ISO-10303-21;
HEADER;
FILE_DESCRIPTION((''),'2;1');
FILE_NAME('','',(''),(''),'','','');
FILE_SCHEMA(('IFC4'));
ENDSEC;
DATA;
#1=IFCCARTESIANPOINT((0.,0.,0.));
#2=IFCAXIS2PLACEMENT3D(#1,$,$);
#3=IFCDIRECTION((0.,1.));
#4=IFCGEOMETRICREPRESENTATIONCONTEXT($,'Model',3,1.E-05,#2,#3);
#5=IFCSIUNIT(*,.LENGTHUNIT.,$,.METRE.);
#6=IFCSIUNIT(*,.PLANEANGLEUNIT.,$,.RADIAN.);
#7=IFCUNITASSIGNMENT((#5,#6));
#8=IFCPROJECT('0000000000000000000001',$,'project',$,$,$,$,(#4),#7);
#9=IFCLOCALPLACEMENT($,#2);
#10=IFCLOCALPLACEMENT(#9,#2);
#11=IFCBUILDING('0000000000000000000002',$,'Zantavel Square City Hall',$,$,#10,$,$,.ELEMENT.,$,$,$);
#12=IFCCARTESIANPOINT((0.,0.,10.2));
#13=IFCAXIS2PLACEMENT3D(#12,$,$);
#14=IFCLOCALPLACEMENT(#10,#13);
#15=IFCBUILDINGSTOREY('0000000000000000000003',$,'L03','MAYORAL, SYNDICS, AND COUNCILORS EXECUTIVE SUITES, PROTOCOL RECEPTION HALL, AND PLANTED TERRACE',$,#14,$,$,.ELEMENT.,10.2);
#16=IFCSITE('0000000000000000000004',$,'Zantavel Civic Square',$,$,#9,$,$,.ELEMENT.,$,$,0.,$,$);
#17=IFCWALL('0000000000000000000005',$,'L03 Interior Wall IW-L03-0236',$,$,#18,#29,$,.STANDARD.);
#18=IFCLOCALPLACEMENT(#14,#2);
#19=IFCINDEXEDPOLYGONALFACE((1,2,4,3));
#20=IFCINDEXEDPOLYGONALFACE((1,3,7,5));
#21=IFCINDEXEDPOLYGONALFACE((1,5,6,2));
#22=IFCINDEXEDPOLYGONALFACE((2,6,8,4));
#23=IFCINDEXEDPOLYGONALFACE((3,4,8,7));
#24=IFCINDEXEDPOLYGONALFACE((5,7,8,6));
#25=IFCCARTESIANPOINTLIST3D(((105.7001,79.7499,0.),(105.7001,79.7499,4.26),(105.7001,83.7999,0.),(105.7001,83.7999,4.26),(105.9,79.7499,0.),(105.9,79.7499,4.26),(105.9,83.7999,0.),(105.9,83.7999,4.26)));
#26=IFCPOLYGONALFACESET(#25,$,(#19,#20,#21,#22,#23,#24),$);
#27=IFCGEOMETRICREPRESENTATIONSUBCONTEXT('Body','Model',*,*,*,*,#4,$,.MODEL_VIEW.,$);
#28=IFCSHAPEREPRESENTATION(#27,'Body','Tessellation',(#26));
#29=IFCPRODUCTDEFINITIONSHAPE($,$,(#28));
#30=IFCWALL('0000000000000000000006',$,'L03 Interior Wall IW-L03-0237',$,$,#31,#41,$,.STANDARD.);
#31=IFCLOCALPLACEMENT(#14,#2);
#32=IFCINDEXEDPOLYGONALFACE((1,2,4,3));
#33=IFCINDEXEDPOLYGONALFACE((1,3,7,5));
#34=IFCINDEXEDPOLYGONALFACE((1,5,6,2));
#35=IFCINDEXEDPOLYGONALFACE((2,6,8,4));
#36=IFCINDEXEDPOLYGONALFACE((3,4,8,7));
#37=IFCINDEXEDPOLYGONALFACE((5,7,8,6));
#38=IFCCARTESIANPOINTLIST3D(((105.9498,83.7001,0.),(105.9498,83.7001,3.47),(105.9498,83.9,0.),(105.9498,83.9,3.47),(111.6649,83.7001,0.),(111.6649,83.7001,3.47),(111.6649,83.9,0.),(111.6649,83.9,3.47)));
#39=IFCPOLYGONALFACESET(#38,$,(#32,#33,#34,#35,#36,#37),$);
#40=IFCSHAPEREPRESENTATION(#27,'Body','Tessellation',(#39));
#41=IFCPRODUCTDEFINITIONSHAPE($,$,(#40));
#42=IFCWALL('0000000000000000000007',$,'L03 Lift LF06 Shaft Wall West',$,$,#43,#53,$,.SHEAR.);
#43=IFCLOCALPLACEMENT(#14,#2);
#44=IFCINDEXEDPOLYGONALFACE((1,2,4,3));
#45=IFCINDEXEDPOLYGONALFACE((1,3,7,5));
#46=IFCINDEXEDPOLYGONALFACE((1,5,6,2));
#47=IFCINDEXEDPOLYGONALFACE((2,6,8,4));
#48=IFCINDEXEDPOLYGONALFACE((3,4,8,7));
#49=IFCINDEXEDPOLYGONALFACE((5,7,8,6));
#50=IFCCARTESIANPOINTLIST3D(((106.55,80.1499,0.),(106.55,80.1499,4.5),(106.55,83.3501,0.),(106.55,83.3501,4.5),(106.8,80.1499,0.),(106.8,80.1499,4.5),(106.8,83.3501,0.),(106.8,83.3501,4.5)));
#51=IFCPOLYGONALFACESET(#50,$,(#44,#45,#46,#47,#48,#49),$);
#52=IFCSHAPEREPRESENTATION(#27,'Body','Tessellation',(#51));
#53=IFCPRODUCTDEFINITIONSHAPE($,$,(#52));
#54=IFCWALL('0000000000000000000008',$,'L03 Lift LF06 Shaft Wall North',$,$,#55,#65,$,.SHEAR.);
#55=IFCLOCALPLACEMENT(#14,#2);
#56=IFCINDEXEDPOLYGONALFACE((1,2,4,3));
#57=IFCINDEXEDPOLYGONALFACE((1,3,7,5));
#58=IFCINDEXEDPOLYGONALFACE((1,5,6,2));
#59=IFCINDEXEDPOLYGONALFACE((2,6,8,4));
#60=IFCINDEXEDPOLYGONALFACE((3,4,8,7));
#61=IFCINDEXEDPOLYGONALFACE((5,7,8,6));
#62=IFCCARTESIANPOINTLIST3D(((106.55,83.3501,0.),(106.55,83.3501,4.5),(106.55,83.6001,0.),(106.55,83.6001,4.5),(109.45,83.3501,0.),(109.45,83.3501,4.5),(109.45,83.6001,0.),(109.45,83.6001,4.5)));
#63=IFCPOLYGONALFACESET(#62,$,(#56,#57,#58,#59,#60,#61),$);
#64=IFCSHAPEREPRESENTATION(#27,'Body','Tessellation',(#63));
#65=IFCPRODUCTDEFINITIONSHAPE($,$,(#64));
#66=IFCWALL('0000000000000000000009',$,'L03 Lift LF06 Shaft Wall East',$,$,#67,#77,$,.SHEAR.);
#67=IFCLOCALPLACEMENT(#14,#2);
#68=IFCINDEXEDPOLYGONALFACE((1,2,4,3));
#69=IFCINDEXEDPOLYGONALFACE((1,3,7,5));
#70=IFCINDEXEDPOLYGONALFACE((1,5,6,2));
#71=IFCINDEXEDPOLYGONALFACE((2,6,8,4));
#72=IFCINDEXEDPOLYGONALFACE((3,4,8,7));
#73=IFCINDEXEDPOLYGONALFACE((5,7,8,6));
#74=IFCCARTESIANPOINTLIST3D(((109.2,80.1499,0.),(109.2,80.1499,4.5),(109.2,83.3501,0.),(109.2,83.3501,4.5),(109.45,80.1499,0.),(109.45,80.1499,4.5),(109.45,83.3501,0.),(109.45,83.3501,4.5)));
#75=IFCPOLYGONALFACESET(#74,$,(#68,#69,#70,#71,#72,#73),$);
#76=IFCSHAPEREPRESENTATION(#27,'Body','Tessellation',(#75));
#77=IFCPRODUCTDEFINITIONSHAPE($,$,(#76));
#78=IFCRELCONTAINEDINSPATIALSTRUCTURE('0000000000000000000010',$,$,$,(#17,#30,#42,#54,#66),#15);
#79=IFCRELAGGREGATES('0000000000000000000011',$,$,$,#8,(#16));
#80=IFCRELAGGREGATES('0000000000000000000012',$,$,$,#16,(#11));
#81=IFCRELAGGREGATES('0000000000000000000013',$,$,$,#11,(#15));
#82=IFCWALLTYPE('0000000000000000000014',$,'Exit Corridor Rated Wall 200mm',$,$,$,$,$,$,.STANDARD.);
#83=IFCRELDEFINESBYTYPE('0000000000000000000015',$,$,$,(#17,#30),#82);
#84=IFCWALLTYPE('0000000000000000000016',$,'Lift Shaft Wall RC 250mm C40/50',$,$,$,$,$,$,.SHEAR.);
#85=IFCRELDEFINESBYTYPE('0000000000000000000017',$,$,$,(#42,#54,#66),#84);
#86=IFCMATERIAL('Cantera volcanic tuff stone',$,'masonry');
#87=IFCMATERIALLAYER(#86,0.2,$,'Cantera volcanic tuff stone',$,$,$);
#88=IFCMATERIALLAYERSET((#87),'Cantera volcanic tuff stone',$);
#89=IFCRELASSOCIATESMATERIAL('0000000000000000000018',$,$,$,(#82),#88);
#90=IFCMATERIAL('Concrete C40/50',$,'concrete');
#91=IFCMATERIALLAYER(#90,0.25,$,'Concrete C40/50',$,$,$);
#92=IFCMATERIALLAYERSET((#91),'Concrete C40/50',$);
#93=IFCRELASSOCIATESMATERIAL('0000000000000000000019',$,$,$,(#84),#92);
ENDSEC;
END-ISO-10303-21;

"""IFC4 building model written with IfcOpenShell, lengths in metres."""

from ifc_helpers import new_model, si_unit, direction, frame, frame_2d, origin, place, context, subcontext, project, spatial, rectangle, extrude, material, layer, layer_set, type_object, element, save


model = new_model("IFC4")

# Units and contexts
model_context = context("Model", 3, precision=1e-05, world=origin(), true_north=direction((0.0, 1.0)))
body_context = subcontext(model_context, "Body", "Model", "MODEL_VIEW")
ifc_project = project(units=[si_unit("LENGTHUNIT", "METRE"), si_unit("PLANEANGLEUNIT", "RADIAN")], contexts=[model_context])

# Site, building, storey
site_placement = place(None, origin())
site = spatial("IfcSite", under=ifc_project, at=site_placement, Name="Zantavel Civic Square", CompositionType="ELEMENT", RefElevation=0.0)
building_placement = place(site_placement, origin())
building = spatial("IfcBuilding", under=site, at=building_placement, Name="Zantavel Square City Hall", CompositionType="ELEMENT")
storey_placement = place(building_placement, frame((0.0, 0.0, 10.2)))
storey = spatial("IfcBuildingStorey", under=building, at=storey_placement, Name="L03", Description="MAYORAL, SYNDICS, AND COUNCILORS EXECUTIVE SUITES, PROTOCOL RECEPTION HALL, AND PLANTED TERRACE", CompositionType="ELEMENT", Elevation=10.2)

# Shared definitions
ifc_material_1 = material(Name="Concrete C40/50", Category="concrete")

# Shared definitions
ifc_material_2 = material(Name="Cantera volcanic tuff stone", Category="masonry")

# Walls
ifc_layer_1 = layer(ifc_material_2, 0.2, Name="Cantera volcanic tuff stone")
ifc_layer_set_1 = layer_set([ifc_layer_1], Name="Cantera volcanic tuff stone")
wall_type_1 = type_object("IfcWallType", Name="Exit Corridor Rated Wall 200mm", PredefinedType="STANDARD", material=ifc_layer_set_1)
wall_1_placement = place(storey_placement, frame((105.8, 79.75, 0.0), z_axis=(0.0, 0.0, 1.0), x_axis=(0.0, 1.0, 0.0)))
element("IfcWall", 1, at=wall_1_placement, inside=storey, type_object=wall_type_1, Name="L03 Interior Wall IW-L03-0236", PredefinedType="STANDARD", context=body_context, shape_type="SweptSolid", body=[
    extrude(rectangle(XDim=4.05, YDim=0.2, at=frame_2d((2.0249, 0.0))), origin(), (0.0, 0.0, 1.0), 4.26),
])
wall_2_placement = place(storey_placement, frame((105.95, 83.8, 0.0), z_axis=(0.0, 0.0, 1.0), x_axis=(1.0, 0.0, 0.0)))
element("IfcWall", 2, at=wall_2_placement, inside=storey, type_object=wall_type_1, Name="L03 Interior Wall IW-L03-0237", PredefinedType="STANDARD", context=body_context, shape_type="SweptSolid", body=[
    extrude(rectangle(XDim=5.7151, YDim=0.2, at=frame_2d((2.8574, 0.0))), origin(), (0.0, 0.0, 1.0), 3.47),
])

# Shared definitions
ifc_layer_2 = layer(ifc_material_1, 0.25, Name="Concrete C40/50")
ifc_layer_set_2 = layer_set([ifc_layer_2], Name="Concrete C40/50")
wall_type_2 = type_object("IfcWallType", Name="Lift Shaft Wall RC 250mm C40/50", PredefinedType="SHEAR", material=ifc_layer_set_2)

# Walls
wall_3_placement = place(storey_placement, frame((106.675, 80.1499, 0.0), z_axis=(0.0, 0.0, 1.0), x_axis=(0.0, 1.0, 0.0)))
element("IfcWall", 3, at=wall_3_placement, inside=storey, type_object=wall_type_2, Name="L03 Lift LF06 Shaft Wall West", PredefinedType="SHEAR", context=body_context, shape_type="SweptSolid", body=[
    extrude(rectangle(XDim=3.2002, YDim=0.25, at=frame_2d((1.6001, 0.0))), origin(), (0.0, 0.0, 1.0), 4.5),
])
wall_4_placement = place(storey_placement, frame((106.55, 83.4751, 0.0), z_axis=(0.0, 0.0, 1.0), x_axis=(1.0, 0.0, 0.0)))
element("IfcWall", 4, at=wall_4_placement, inside=storey, type_object=wall_type_2, Name="L03 Lift LF06 Shaft Wall North", PredefinedType="SHEAR", context=body_context, shape_type="SweptSolid", body=[
    extrude(rectangle(XDim=2.8999, YDim=0.25, at=frame_2d((1.45, 0.0))), origin(), (0.0, 0.0, 1.0), 4.5),
])
wall_5_placement = place(storey_placement, frame((109.325, 83.3501, 0.0), z_axis=(0.0, 0.0, 1.0), x_axis=(0.0, -1.0, 0.0)))
element("IfcWall", 5, at=wall_5_placement, inside=storey, type_object=wall_type_2, Name="L03 Lift LF06 Shaft Wall East", PredefinedType="SHEAR", context=body_context, shape_type="SweptSolid", body=[
    extrude(rectangle(XDim=3.2002, YDim=0.25, at=frame_2d((1.6001, 0.0))), origin(), (0.0, 0.0, 1.0), 4.5),
])

save(model, "model.ifc")
